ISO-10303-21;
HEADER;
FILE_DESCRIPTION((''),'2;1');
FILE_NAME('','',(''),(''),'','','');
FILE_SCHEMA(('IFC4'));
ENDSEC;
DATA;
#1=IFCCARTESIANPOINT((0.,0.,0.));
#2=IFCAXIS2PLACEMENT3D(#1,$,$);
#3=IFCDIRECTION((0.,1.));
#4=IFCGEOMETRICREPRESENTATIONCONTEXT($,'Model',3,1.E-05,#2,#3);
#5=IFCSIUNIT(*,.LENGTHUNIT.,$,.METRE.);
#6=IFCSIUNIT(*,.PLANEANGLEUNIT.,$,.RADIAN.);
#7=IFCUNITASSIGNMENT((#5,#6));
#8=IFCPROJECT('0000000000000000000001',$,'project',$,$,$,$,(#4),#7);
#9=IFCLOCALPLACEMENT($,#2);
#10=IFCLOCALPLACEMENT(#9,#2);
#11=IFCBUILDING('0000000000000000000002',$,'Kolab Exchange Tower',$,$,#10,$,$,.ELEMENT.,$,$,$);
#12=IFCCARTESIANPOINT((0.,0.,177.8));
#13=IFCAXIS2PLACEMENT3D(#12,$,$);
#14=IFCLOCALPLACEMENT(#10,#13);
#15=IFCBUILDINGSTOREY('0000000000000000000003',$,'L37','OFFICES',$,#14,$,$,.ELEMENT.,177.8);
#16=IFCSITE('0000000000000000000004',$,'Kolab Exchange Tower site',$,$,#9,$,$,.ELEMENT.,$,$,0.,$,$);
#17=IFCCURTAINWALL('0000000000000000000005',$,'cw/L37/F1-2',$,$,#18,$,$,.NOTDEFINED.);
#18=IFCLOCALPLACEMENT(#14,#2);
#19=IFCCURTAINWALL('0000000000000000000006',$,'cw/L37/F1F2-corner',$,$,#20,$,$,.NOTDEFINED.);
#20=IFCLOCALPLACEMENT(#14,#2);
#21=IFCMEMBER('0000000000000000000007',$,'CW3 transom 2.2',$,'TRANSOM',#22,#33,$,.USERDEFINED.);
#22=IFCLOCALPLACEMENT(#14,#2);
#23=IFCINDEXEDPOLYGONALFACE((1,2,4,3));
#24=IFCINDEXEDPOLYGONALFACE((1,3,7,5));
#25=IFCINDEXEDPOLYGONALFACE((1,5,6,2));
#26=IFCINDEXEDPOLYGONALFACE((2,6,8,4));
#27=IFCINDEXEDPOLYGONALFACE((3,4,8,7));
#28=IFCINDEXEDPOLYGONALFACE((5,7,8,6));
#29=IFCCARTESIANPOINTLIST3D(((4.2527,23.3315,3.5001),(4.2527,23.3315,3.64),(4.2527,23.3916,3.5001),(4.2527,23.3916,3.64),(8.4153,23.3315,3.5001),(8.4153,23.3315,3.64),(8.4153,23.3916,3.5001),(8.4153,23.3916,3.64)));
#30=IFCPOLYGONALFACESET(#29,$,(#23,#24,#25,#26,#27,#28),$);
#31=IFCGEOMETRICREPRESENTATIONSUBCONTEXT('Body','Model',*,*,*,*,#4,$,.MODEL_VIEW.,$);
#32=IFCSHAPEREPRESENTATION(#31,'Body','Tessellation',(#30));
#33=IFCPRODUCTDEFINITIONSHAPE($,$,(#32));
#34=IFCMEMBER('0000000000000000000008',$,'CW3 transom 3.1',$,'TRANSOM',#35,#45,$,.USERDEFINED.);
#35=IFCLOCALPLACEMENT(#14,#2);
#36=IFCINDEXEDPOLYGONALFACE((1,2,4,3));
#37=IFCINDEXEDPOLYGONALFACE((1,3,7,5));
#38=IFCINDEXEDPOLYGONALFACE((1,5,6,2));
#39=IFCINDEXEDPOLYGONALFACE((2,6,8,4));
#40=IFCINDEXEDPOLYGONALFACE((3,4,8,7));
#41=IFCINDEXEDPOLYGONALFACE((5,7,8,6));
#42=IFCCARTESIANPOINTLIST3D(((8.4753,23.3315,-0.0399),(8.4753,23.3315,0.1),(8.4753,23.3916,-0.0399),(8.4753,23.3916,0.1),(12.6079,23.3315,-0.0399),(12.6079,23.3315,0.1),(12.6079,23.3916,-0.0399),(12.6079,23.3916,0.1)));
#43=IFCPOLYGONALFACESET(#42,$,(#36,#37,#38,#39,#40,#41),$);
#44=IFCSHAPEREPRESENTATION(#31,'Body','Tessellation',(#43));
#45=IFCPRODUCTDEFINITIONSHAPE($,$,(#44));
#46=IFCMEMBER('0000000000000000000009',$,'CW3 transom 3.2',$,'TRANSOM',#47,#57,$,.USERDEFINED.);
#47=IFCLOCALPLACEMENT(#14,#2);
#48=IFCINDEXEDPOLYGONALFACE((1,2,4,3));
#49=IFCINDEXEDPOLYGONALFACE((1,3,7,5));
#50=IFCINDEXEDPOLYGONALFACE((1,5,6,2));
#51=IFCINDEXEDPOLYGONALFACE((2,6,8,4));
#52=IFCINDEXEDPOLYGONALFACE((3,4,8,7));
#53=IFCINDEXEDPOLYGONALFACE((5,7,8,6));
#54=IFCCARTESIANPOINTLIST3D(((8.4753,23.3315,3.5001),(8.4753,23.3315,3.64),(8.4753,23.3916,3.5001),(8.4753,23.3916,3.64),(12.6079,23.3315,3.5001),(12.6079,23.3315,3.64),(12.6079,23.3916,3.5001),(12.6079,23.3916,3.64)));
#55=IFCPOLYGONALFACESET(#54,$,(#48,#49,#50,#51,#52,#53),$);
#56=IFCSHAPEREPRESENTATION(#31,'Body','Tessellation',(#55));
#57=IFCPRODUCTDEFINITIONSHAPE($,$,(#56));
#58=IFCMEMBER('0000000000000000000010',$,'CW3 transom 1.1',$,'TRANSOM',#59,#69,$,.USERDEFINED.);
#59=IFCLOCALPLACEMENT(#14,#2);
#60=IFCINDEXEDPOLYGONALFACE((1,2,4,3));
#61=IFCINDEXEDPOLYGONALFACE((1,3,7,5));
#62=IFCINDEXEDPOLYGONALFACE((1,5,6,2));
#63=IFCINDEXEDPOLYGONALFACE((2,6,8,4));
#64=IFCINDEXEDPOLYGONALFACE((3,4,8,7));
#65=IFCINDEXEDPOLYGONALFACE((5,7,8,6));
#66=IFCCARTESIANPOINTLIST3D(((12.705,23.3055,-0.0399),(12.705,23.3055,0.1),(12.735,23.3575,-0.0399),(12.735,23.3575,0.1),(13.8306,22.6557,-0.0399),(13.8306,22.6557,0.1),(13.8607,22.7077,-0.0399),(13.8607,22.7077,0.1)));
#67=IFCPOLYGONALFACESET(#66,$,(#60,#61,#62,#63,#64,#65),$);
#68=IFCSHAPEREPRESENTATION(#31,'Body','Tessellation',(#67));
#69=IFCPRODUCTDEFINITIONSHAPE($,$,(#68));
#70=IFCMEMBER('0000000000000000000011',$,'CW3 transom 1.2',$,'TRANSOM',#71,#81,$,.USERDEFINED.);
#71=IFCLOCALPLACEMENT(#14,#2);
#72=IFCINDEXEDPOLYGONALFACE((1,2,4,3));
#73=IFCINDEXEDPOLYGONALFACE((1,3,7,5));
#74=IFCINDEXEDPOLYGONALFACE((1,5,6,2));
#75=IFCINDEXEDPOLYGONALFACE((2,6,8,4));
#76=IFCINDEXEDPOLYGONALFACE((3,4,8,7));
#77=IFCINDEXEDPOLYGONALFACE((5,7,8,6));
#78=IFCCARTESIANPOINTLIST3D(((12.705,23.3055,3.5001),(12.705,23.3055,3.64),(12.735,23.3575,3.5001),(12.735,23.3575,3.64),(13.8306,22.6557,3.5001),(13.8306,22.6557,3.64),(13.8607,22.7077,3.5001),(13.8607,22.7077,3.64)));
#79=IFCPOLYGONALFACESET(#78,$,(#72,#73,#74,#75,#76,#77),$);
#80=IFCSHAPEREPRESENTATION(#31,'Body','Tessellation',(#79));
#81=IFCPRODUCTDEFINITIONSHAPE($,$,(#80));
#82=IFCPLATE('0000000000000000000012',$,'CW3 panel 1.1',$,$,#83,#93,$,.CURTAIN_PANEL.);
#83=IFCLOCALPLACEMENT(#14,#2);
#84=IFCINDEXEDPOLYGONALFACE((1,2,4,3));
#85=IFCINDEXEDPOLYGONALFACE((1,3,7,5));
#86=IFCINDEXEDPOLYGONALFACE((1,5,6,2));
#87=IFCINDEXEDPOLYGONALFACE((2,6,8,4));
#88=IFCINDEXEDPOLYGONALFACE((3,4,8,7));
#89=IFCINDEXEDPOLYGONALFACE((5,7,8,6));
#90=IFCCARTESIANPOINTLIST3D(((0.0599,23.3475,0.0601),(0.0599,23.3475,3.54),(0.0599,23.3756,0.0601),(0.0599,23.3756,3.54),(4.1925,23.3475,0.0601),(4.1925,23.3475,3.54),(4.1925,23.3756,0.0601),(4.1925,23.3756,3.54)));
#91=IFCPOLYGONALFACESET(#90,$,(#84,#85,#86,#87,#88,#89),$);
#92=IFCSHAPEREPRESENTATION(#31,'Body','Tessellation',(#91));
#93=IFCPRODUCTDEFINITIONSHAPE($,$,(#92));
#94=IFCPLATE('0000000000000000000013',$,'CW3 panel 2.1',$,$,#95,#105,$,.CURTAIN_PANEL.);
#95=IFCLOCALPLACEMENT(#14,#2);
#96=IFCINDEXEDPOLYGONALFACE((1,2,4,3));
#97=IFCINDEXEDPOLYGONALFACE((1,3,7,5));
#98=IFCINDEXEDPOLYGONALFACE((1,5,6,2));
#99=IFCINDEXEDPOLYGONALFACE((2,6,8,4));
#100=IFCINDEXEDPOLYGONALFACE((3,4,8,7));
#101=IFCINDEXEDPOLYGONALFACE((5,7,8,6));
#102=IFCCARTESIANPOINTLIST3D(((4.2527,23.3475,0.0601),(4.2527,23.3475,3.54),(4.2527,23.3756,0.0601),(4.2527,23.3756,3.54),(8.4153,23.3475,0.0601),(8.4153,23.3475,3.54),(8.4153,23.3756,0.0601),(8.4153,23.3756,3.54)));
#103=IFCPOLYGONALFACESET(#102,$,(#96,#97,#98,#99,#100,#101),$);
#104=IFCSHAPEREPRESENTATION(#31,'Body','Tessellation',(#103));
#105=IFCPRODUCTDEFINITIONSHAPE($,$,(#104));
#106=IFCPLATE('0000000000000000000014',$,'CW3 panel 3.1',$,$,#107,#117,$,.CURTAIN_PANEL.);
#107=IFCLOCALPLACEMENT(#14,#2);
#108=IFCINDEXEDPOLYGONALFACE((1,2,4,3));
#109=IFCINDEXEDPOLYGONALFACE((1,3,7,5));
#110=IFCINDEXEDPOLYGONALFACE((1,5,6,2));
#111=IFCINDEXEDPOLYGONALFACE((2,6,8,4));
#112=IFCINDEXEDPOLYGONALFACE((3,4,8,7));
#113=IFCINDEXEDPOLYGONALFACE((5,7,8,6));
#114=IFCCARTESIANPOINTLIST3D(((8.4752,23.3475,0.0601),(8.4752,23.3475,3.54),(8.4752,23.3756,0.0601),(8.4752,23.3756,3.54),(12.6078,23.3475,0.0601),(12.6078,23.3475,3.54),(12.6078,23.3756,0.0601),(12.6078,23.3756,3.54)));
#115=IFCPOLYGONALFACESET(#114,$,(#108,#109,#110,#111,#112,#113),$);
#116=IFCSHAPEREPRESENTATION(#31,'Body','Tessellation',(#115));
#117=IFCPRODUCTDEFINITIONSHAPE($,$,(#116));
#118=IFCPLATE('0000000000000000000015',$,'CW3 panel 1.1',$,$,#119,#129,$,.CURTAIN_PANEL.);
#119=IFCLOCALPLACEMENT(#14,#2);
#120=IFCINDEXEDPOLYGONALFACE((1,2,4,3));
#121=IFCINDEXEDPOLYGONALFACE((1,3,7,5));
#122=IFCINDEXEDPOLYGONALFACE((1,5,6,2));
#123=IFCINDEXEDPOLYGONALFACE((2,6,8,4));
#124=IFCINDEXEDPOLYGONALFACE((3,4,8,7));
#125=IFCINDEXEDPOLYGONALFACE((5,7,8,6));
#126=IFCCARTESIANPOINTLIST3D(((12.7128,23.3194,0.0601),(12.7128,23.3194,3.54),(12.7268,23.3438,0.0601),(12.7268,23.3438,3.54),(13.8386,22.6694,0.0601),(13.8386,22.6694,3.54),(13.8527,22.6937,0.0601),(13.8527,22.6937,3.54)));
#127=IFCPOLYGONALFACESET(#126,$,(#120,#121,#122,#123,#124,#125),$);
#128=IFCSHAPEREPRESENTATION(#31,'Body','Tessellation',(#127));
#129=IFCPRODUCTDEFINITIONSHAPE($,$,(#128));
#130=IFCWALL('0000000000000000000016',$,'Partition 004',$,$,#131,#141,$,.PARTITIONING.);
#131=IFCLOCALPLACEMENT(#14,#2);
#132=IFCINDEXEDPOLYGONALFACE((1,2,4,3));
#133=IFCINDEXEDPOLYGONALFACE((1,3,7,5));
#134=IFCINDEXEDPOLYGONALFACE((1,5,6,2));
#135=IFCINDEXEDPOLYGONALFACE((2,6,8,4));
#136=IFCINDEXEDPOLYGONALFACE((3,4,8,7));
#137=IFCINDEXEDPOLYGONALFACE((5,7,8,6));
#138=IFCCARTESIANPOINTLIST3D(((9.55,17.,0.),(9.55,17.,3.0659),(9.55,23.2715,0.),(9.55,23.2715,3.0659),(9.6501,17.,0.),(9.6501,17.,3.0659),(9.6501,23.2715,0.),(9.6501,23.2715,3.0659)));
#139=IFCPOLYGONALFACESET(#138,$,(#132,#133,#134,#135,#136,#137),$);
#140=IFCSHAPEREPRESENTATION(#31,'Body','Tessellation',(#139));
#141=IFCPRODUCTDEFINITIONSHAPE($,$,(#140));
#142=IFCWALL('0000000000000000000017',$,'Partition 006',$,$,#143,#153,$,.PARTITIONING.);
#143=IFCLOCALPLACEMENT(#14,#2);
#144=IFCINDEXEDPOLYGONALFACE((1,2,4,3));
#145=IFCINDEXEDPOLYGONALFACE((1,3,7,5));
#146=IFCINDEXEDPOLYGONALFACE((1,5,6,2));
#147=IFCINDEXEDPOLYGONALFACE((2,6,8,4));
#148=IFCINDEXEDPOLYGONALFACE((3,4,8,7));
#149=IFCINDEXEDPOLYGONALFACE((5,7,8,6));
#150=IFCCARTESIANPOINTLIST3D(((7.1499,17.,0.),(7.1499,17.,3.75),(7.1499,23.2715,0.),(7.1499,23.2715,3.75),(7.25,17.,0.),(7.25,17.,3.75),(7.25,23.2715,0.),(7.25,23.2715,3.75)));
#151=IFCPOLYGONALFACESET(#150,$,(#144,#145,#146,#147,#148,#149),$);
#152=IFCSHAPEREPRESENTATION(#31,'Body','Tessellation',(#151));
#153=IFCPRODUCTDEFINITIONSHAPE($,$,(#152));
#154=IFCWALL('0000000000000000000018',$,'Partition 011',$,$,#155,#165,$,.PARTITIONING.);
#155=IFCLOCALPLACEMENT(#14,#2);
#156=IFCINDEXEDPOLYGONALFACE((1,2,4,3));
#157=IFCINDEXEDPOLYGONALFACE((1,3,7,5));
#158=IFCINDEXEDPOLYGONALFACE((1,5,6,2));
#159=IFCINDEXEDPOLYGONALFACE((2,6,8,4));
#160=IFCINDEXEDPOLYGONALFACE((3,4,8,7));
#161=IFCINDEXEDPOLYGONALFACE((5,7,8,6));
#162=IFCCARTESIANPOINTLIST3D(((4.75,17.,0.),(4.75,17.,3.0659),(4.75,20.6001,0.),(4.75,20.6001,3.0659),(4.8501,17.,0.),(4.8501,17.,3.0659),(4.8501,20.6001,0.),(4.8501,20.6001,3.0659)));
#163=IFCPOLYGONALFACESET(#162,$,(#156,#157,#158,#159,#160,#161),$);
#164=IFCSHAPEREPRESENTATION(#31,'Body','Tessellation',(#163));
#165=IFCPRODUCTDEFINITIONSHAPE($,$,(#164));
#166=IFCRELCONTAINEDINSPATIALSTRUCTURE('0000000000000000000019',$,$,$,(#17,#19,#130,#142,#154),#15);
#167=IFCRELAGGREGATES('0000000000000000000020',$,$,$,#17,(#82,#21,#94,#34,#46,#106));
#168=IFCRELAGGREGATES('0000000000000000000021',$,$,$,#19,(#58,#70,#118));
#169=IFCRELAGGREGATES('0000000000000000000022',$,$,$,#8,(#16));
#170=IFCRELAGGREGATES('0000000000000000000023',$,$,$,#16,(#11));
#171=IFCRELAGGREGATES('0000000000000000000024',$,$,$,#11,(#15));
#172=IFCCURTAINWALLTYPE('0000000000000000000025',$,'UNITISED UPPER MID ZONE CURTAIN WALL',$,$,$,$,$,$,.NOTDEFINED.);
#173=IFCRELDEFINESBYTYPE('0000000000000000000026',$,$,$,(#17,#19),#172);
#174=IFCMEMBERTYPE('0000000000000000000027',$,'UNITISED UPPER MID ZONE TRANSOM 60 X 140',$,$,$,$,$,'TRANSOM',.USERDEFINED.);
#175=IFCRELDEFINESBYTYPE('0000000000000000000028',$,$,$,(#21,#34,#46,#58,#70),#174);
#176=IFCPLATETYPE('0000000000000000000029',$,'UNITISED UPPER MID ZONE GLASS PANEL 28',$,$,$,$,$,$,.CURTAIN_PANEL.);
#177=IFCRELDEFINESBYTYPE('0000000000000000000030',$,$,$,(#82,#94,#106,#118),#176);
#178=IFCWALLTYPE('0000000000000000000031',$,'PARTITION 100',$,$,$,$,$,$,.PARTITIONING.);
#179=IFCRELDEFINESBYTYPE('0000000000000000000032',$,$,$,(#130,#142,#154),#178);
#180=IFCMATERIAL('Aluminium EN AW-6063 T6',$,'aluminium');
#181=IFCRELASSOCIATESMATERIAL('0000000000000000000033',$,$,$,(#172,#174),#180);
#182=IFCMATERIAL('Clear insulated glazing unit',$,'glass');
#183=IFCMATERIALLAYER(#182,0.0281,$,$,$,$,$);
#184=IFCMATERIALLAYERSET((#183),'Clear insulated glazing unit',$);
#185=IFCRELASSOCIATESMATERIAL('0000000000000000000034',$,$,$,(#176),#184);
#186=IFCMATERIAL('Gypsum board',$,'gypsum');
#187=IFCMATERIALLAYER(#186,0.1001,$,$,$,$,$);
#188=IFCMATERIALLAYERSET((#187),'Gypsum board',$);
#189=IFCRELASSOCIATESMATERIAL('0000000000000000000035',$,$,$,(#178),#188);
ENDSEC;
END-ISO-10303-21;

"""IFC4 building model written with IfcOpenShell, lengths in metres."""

from ifc_helpers import new_model, si_unit, direction, frame, frame_2d, origin, origin_2d, place, context, subcontext, project, spatial, rectangle, extrude, material, layer, layer_set, material_profile, profile_set, type_object, element, aggregate, save


model = new_model("IFC4")

# Units and contexts
model_context = context("Model", 3, precision=1e-05, world=origin(), true_north=direction((0.0, 1.0)))
body_context = subcontext(model_context, "Body", "Model", "MODEL_VIEW")
ifc_project = project(units=[si_unit("LENGTHUNIT", "METRE"), si_unit("PLANEANGLEUNIT", "RADIAN")], contexts=[model_context])

# Site, building, storey
site_placement = place(None, origin())
site = spatial("IfcSite", under=ifc_project, at=site_placement, Name="Kolab Exchange Tower site", CompositionType="ELEMENT", RefElevation=0.0)
building_placement = place(site_placement, origin())
building = spatial("IfcBuilding", under=site, at=building_placement, Name="Kolab Exchange Tower", CompositionType="ELEMENT")
storey_placement = place(building_placement, frame((0.0, 0.0, 177.8)))
storey = spatial("IfcBuildingStorey", under=building, at=storey_placement, Name="L37", Description="OFFICES", CompositionType="ELEMENT", Elevation=177.8)

# Curtain walls
ifc_material_1 = material(Name="Aluminium EN AW-6063 T6", Category="aluminium")
curtain_wall_type = type_object("IfcCurtainWallType", Name="UNITISED UPPER MID ZONE CURTAIN WALL", PredefinedType="NOTDEFINED", material=ifc_material_1)
curtain_wall_1_placement = place(storey_placement, origin())
curtain_wall_1 = element("IfcCurtainWall", 1, at=curtain_wall_1_placement, inside=storey, type_object=curtain_wall_type, Name="cw/L37/F1-2", PredefinedType="NOTDEFINED")
curtain_wall_2_placement = place(storey_placement, origin())
curtain_wall_2 = element("IfcCurtainWall", 2, at=curtain_wall_2_placement, inside=storey, type_object=curtain_wall_type, Name="cw/L37/F1F2-corner", PredefinedType="NOTDEFINED")

# Members
ifc_material_profile_1 = material_profile(ifc_material_1, rectangle(XDim=0.0601, YDim=0.1399, at=origin_2d()), Name="RECT 60X140")
ifc_profile_set_1 = profile_set([ifc_material_profile_1], Name="Aluminium EN AW-6063 T6")
member_type_1 = type_object("IfcMemberType", Name="UNITISED UPPER MID ZONE TRANSOM 60 X 140", ElementType="TRANSOM", PredefinedType="USERDEFINED", material=ifc_profile_set_1)
member_1_placement = place(storey_placement, frame((4.2527, 23.3616, 3.5701), z_axis=(1.0, 0.0, 0.0), x_axis=(0.0, 1.0, 0.0)))
member_1 = element("IfcMember", 3, at=member_1_placement, type_object=member_type_1, Name="CW3 transom 2.2", ObjectType="TRANSOM", PredefinedType="USERDEFINED", context=body_context, shape_type="SweptSolid", body=[
    extrude(rectangle(XDim=0.0601, YDim=0.1399, at=origin_2d()), origin(), (0.0, 0.0, 1.0), 4.1626),
])
member_2_placement = place(storey_placement, frame((8.4753, 23.3616, 0.03), z_axis=(1.0, 0.0, 0.0), x_axis=(0.0, 1.0, 0.0)))
member_2 = element("IfcMember", 4, at=member_2_placement, type_object=member_type_1, Name="CW3 transom 3.1", ObjectType="TRANSOM", PredefinedType="USERDEFINED", context=body_context, shape_type="SweptSolid", body=[
    extrude(rectangle(XDim=0.0601, YDim=0.1399, at=origin_2d()), origin(), (0.0, 0.0, 1.0), 4.1326),
])
member_3_placement = place(storey_placement, frame((8.4753, 23.3616, 3.5701), z_axis=(1.0, 0.0, 0.0), x_axis=(0.0, 1.0, 0.0)))
member_3 = element("IfcMember", 5, at=member_3_placement, type_object=member_type_1, Name="CW3 transom 3.2", ObjectType="TRANSOM", PredefinedType="USERDEFINED", context=body_context, shape_type="SweptSolid", body=[
    extrude(rectangle(XDim=0.0601, YDim=0.1399, at=origin_2d()), origin(), (0.0, 0.0, 1.0), 4.1326),
])
member_4_placement = place(storey_placement, frame((12.72, 23.3315, 0.03), z_axis=(0.866039, -0.499977, 0.0), x_axis=(0.499977, 0.866039, 0.0)))
member_4 = element("IfcMember", 6, at=member_4_placement, type_object=member_type_1, Name="CW3 transom 1.1", ObjectType="TRANSOM", PredefinedType="USERDEFINED", context=body_context, shape_type="SweptSolid", body=[
    extrude(rectangle(XDim=0.0601, YDim=0.1399, at=origin_2d()), origin(), (0.0, 0.0, 1.0), 1.2998),
])
member_5_placement = place(storey_placement, frame((12.72, 23.3315, 3.5701), z_axis=(0.866039, -0.499977, 0.0), x_axis=(0.499977, 0.866039, 0.0)))
member_5 = element("IfcMember", 7, at=member_5_placement, type_object=member_type_1, Name="CW3 transom 1.2", ObjectType="TRANSOM", PredefinedType="USERDEFINED", context=body_context, shape_type="SweptSolid", body=[
    extrude(rectangle(XDim=0.0601, YDim=0.1399, at=origin_2d()), origin(), (0.0, 0.0, 1.0), 1.2998),
])

# Plates
ifc_material_2 = material(Name="Clear insulated glazing unit", Category="glass")
ifc_layer_1 = layer(ifc_material_2, 0.0281)
ifc_layer_set_1 = layer_set([ifc_layer_1], Name="Clear insulated glazing unit")
plate_type = type_object("IfcPlateType", Name="UNITISED UPPER MID ZONE GLASS PANEL 28", PredefinedType="CURTAIN_PANEL", material=ifc_layer_set_1)
plate_1_placement = place(storey_placement, frame((2.1262, 23.3616, 0.0601), z_axis=(0.0, 0.0, 1.0), x_axis=(1.0, 0.0, 0.0)))
plate_1 = element("IfcPlate", 8, at=plate_1_placement, type_object=plate_type, Name="CW3 panel 1.1", PredefinedType="CURTAIN_PANEL", context=body_context, shape_type="SweptSolid", body=[
    extrude(rectangle(XDim=4.1326, YDim=0.0281, at=origin_2d()), origin(), (0.0, 0.0, 1.0), 3.48),
])
plate_2_placement = place(storey_placement, frame((6.334, 23.3616, 0.0601), z_axis=(0.0, 0.0, 1.0), x_axis=(1.0, 0.0, 0.0)))
plate_2 = element("IfcPlate", 9, at=plate_2_placement, type_object=plate_type, Name="CW3 panel 2.1", PredefinedType="CURTAIN_PANEL", context=body_context, shape_type="SweptSolid", body=[
    extrude(rectangle(XDim=4.1626, YDim=0.0281, at=origin_2d()), origin(), (0.0, 0.0, 1.0), 3.48),
])
plate_3_placement = place(storey_placement, frame((10.5415, 23.3616, 0.0601), z_axis=(0.0, 0.0, 1.0), x_axis=(1.0, 0.0, 0.0)))
plate_3 = element("IfcPlate", 10, at=plate_3_placement, type_object=plate_type, Name="CW3 panel 3.1", PredefinedType="CURTAIN_PANEL", context=body_context, shape_type="SweptSolid", body=[
    extrude(rectangle(XDim=4.1326, YDim=0.0281, at=origin_2d()), origin(), (0.0, 0.0, 1.0), 3.48),
])
aggregate(curtain_wall_1, [plate_1, member_1, plate_2, member_2, member_3, plate_3])
plate_4_placement = place(storey_placement, frame((13.2827, 23.0066, 0.0601), z_axis=(0.0, 0.0, 1.0), x_axis=(0.866025, -0.5, 0.0)))
plate_4 = element("IfcPlate", 11, at=plate_4_placement, type_object=plate_type, Name="CW3 panel 1.1", PredefinedType="CURTAIN_PANEL", context=body_context, shape_type="SweptSolid", body=[
    extrude(rectangle(XDim=1.3, YDim=0.0281, at=origin_2d()), origin(), (0.0, 0.0, 1.0), 3.48),
])
aggregate(curtain_wall_2, [member_4, member_5, plate_4])

# Walls
ifc_material_3 = material(Name="Gypsum board", Category="gypsum")
ifc_layer_2 = layer(ifc_material_3, 0.1001)
ifc_layer_set_2 = layer_set([ifc_layer_2], Name="Gypsum board")
wall_type = type_object("IfcWallType", Name="PARTITION 100", PredefinedType="PARTITIONING", material=ifc_layer_set_2)
wall_1_placement = place(storey_placement, frame((9.6001, 17.0, 0.0), z_axis=(0.0, 0.0, 1.0), x_axis=(0.0, 1.0, 0.0)))
element("IfcWall", 12, at=wall_1_placement, inside=storey, type_object=wall_type, Name="Partition 004", PredefinedType="PARTITIONING", context=body_context, shape_type="SweptSolid", body=[
    extrude(rectangle(XDim=6.2715, YDim=0.1001, at=frame_2d((3.1357, 0.0))), origin(), (0.0, 0.0, 1.0), 3.0659),
])
wall_2_placement = place(storey_placement, frame((7.2, 17.0, 0.0), z_axis=(0.0, 0.0, 1.0), x_axis=(0.0, 1.0, 0.0)))
element("IfcWall", 13, at=wall_2_placement, inside=storey, type_object=wall_type, Name="Partition 006", PredefinedType="PARTITIONING", context=body_context, shape_type="SweptSolid", body=[
    extrude(rectangle(XDim=6.2715, YDim=0.1001, at=frame_2d((3.1357, 0.0))), origin(), (0.0, 0.0, 1.0), 3.75),
])
wall_3_placement = place(storey_placement, frame((4.8, 17.0, 0.0), z_axis=(0.0, 0.0, 1.0), x_axis=(0.0, 1.0, 0.0)))
element("IfcWall", 14, at=wall_3_placement, inside=storey, type_object=wall_type, Name="Partition 011", PredefinedType="PARTITIONING", context=body_context, shape_type="SweptSolid", body=[
    extrude(rectangle(XDim=3.6001, YDim=0.1001, at=frame_2d((1.8, 0.0))), origin(), (0.0, 0.0, 1.0), 3.0659),
])

save(model, "model.ifc")
